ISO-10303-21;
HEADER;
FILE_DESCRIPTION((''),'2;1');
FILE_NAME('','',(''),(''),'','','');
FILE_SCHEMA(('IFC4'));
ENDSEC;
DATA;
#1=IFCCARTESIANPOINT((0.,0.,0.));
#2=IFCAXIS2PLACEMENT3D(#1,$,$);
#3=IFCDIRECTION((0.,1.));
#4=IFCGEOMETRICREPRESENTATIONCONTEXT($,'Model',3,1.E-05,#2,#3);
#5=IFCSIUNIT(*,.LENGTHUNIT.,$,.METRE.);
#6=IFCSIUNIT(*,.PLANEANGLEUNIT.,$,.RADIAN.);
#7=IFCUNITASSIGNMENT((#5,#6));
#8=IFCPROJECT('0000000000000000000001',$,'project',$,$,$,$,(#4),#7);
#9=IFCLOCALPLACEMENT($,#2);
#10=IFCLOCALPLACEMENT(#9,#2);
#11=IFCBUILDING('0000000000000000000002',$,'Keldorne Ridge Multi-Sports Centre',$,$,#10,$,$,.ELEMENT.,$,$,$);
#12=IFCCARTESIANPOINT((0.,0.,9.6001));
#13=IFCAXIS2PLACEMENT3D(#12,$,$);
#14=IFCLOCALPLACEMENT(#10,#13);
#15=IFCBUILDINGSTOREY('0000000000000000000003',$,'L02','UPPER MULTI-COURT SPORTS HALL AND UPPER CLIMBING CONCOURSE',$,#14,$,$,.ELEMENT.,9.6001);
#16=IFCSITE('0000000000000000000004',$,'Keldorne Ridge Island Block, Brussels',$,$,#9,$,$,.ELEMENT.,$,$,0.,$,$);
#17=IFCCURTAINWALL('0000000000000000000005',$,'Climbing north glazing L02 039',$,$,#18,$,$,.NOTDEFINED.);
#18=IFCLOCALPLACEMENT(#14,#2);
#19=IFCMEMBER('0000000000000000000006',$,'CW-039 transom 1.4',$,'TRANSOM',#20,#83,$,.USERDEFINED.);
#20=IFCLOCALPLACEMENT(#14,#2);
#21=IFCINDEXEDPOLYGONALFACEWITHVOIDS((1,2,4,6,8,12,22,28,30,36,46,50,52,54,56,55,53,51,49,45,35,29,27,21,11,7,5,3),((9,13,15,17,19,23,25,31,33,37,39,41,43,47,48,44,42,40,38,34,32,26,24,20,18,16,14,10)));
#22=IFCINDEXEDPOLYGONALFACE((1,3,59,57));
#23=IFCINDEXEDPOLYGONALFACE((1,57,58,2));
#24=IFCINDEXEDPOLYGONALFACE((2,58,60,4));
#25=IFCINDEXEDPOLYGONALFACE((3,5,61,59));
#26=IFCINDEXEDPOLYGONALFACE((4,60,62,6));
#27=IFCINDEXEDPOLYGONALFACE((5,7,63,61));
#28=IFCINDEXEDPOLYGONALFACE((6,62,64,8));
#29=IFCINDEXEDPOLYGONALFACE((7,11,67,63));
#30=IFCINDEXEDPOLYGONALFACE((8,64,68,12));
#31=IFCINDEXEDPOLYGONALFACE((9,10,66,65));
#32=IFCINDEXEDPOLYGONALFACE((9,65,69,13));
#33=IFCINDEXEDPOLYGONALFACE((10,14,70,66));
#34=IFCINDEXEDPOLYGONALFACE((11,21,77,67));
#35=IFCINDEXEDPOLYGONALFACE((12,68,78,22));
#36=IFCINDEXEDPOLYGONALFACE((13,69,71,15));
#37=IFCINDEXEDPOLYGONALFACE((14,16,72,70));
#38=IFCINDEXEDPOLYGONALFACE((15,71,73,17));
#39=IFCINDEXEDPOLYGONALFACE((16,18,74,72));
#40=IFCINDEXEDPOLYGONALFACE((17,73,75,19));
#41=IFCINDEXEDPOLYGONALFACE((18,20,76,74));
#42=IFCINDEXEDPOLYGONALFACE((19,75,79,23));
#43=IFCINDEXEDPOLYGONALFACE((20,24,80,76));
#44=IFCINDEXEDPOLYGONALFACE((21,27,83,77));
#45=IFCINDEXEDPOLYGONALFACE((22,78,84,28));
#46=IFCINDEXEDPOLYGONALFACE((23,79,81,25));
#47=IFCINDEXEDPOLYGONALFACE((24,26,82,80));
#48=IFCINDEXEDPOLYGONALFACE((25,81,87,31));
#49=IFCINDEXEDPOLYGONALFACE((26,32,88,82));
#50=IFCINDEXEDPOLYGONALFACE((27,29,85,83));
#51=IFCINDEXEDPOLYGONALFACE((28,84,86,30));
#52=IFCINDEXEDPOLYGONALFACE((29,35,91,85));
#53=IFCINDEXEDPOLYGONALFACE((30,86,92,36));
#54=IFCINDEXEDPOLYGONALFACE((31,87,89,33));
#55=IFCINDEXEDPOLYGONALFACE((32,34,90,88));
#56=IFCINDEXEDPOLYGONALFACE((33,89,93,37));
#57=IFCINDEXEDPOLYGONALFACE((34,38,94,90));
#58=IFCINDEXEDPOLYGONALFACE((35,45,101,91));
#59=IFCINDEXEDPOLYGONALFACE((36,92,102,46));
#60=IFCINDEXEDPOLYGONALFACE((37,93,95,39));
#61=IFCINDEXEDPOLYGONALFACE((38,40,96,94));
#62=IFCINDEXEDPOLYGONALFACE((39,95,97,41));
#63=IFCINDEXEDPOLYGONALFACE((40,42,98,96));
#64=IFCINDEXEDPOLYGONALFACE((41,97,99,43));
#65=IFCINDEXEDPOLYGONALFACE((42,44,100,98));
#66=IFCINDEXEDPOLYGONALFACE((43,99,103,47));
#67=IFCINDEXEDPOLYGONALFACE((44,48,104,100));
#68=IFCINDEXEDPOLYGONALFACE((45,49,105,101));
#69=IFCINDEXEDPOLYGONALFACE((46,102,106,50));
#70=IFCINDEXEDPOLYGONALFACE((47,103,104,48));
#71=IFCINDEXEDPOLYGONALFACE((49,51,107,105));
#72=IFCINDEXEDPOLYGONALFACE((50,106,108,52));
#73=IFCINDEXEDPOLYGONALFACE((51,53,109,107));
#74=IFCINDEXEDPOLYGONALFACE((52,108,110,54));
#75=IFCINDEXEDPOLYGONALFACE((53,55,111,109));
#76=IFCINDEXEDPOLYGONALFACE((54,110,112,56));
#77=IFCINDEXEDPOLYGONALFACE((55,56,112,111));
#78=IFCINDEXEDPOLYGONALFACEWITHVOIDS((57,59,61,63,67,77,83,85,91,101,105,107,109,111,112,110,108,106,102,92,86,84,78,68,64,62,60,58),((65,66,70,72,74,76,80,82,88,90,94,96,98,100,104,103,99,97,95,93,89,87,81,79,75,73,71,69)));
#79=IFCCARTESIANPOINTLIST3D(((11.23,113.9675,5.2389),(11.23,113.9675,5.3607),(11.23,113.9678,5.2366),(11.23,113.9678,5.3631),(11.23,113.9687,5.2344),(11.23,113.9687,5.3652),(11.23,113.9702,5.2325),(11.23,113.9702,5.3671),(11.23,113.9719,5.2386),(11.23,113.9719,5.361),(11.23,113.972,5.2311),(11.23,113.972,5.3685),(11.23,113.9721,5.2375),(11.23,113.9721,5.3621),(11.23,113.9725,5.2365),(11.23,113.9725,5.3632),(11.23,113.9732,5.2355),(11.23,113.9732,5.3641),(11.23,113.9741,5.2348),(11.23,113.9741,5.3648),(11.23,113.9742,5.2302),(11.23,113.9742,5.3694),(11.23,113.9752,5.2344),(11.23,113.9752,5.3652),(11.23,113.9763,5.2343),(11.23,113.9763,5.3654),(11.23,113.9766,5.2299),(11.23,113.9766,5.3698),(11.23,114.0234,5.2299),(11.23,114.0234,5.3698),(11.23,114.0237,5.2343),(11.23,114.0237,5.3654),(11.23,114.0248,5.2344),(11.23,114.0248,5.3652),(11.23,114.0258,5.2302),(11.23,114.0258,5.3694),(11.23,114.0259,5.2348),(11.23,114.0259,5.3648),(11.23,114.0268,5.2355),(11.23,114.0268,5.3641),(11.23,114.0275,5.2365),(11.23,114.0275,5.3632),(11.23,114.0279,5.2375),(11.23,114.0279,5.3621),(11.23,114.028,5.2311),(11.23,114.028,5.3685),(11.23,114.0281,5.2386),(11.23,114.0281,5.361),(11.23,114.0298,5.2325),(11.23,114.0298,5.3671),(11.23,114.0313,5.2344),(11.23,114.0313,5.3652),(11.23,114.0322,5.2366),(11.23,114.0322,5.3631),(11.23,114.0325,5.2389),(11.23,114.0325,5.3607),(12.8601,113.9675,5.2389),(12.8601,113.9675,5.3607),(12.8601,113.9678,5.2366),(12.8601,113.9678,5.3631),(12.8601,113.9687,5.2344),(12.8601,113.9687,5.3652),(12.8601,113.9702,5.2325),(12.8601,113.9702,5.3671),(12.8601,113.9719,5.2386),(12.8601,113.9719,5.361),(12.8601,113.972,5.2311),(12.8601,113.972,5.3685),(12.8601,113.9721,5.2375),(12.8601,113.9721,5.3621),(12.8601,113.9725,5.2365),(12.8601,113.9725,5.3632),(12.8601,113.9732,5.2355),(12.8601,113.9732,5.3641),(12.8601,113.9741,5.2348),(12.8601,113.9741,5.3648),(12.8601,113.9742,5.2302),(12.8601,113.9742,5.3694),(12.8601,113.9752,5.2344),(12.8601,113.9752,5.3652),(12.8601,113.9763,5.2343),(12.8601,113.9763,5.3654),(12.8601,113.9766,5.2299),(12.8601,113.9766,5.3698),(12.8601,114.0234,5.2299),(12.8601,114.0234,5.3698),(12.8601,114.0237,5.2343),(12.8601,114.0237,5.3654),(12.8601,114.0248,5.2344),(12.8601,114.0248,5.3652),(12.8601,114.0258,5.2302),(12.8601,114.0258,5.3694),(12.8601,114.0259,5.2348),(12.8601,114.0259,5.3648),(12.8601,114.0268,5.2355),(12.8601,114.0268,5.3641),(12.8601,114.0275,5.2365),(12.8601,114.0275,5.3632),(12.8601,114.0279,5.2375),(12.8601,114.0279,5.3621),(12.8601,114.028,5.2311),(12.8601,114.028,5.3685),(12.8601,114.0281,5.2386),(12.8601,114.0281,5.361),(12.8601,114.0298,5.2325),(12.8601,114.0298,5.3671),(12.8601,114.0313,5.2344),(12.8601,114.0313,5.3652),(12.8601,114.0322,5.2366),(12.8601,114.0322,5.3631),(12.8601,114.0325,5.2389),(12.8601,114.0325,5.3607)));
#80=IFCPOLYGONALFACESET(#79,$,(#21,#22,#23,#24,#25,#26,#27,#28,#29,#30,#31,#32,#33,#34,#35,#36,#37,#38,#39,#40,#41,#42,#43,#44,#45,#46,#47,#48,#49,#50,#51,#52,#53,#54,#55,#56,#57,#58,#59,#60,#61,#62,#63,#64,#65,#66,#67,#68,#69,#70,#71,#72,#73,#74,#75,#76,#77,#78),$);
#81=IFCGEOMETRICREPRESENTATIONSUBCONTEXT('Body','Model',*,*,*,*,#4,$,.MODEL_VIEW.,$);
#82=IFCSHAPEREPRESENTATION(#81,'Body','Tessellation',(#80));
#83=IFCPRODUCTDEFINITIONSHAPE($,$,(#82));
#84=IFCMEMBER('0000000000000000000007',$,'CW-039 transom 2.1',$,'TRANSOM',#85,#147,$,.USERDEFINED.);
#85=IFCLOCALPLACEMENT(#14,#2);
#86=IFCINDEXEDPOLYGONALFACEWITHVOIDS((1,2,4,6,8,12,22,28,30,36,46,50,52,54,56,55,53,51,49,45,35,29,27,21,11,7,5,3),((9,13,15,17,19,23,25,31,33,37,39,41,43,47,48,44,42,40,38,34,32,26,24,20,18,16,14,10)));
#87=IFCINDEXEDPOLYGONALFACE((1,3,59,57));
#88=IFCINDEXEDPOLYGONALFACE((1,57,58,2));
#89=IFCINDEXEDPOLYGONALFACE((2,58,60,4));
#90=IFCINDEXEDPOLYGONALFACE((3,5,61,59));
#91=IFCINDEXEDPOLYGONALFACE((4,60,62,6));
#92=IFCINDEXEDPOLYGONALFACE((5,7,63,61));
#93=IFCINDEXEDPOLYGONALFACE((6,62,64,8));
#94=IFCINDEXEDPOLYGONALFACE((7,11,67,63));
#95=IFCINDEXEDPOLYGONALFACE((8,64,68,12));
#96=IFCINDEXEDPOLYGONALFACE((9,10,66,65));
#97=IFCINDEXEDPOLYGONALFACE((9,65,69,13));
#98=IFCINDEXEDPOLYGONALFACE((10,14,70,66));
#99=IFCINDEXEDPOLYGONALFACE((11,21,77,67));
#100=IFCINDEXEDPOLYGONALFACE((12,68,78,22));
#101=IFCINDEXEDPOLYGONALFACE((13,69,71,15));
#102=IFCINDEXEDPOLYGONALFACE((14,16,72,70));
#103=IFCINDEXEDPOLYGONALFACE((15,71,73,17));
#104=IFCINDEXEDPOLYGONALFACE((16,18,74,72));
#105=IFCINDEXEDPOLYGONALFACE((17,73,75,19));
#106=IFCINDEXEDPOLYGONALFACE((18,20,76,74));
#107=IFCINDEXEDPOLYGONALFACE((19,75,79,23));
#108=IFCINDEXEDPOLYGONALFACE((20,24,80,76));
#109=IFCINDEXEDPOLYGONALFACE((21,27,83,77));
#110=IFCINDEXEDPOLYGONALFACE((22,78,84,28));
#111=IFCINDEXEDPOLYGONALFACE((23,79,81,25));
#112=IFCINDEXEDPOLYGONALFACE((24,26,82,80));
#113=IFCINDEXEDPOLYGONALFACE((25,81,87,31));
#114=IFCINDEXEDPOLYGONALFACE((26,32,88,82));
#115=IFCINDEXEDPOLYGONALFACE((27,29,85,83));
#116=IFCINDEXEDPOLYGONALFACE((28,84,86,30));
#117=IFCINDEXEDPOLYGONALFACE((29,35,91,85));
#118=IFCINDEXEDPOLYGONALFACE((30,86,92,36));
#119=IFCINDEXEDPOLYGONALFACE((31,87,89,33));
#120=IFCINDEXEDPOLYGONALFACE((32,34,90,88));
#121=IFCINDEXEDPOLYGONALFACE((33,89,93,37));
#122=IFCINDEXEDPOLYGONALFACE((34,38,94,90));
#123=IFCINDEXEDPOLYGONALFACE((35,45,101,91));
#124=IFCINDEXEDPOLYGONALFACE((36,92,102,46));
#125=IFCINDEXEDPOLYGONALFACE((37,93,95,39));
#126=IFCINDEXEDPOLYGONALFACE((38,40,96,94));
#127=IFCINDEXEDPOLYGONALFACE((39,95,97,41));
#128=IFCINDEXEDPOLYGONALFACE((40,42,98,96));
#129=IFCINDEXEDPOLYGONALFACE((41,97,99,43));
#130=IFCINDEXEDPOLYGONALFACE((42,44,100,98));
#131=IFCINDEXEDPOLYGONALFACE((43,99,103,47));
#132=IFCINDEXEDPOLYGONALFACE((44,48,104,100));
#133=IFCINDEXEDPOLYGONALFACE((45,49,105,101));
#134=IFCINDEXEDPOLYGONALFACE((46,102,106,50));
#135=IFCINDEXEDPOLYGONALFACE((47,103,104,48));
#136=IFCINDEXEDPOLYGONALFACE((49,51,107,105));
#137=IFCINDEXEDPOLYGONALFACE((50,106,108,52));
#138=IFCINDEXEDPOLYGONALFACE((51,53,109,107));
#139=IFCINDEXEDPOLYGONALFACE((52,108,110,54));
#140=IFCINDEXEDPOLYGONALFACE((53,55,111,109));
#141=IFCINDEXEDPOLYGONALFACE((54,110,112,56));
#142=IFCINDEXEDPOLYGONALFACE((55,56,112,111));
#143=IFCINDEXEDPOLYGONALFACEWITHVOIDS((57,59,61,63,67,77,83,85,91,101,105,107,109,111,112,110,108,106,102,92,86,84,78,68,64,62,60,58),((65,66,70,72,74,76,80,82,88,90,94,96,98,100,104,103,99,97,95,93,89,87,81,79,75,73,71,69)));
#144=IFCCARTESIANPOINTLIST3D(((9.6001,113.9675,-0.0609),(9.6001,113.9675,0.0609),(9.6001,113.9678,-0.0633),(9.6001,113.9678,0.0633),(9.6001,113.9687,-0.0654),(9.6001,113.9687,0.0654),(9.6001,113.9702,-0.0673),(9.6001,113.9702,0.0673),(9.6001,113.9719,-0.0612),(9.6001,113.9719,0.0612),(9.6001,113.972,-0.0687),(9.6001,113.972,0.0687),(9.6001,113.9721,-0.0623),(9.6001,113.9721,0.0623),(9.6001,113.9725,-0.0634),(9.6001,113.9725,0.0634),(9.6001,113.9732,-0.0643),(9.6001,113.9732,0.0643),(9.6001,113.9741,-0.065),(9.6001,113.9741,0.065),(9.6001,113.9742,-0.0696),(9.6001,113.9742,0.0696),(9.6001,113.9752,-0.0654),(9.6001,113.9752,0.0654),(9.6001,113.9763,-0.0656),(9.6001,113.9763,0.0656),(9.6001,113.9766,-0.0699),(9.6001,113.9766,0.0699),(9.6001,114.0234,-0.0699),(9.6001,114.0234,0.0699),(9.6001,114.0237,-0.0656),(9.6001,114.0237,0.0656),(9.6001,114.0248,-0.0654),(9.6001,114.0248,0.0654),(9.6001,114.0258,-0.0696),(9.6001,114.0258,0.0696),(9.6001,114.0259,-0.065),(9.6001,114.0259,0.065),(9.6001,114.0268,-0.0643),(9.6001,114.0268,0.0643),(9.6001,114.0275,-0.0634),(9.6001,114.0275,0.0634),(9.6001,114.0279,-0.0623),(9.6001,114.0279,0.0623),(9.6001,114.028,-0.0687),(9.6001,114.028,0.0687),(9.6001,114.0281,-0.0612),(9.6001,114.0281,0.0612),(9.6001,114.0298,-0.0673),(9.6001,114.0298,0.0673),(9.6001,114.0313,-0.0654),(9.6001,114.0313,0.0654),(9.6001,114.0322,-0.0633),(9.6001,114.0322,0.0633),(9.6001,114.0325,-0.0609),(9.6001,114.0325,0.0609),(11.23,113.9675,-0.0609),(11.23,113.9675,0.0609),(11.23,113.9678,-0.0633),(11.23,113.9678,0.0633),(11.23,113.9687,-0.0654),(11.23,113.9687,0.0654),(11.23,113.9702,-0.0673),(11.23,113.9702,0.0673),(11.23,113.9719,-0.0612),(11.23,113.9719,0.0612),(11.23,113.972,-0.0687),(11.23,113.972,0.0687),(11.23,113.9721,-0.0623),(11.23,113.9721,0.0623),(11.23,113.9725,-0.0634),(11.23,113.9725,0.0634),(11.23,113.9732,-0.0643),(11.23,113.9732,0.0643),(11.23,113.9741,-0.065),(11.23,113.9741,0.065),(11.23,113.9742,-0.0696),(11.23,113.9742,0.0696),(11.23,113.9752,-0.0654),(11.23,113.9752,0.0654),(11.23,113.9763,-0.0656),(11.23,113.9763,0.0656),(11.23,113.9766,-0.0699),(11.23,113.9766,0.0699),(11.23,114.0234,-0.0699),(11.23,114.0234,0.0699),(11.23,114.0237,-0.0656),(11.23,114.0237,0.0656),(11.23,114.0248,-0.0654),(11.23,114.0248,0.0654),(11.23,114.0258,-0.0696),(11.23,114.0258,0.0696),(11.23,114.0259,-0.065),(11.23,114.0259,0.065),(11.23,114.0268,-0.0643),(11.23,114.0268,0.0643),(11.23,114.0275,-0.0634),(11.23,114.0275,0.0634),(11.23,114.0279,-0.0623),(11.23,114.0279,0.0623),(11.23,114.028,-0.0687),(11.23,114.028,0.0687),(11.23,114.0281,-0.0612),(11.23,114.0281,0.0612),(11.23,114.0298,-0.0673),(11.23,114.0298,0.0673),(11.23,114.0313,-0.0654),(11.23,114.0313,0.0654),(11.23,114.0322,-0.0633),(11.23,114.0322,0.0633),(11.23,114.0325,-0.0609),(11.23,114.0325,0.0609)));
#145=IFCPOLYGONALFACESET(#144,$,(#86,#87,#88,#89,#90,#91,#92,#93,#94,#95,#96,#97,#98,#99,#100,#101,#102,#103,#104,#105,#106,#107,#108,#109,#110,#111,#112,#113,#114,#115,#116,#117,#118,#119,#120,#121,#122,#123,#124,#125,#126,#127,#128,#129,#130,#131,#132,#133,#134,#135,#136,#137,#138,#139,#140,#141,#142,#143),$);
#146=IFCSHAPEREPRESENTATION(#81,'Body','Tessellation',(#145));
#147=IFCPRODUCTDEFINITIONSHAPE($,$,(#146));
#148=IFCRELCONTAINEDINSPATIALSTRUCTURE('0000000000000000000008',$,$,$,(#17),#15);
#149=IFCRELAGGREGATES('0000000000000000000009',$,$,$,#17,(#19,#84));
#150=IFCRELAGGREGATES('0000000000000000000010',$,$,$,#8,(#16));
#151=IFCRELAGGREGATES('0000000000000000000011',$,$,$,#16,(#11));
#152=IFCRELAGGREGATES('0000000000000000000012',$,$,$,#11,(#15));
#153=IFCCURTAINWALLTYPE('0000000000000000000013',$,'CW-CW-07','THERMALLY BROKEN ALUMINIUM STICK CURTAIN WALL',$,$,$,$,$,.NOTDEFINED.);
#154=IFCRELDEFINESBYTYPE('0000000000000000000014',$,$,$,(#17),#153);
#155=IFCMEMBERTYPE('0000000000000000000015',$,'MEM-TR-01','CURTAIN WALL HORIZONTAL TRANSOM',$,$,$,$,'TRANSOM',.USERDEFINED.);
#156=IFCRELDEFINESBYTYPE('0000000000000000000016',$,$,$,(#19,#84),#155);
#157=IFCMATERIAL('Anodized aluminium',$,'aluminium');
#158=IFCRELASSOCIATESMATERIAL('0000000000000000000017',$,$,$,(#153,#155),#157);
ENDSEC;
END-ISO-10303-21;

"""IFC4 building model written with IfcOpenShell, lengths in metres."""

from ifc_helpers import new_model, si_unit, direction, frame, origin, origin_2d, place, context, subcontext, project, spatial, hollow_rectangle, extrude, material, material_profile, profile_set, type_object, element, aggregate, save


model = new_model("IFC4")

# Units and contexts
model_context = context("Model", 3, precision=1e-05, world=origin(), true_north=direction((0.0, 1.0)))
body_context = subcontext(model_context, "Body", "Model", "MODEL_VIEW")
ifc_project = project(units=[si_unit("LENGTHUNIT", "METRE"), si_unit("PLANEANGLEUNIT", "RADIAN")], contexts=[model_context])

# Site, building, storey
site_placement = place(None, origin())
site = spatial("IfcSite", under=ifc_project, at=site_placement, Name="Keldorne Ridge Island Block, Brussels", CompositionType="ELEMENT", RefElevation=0.0)
building_placement = place(site_placement, origin())
building = spatial("IfcBuilding", under=site, at=building_placement, Name="Keldorne Ridge Multi-Sports Centre", CompositionType="ELEMENT")
storey_placement = place(building_placement, frame((0.0, 0.0, 9.6001)))
storey = spatial("IfcBuildingStorey", under=building, at=storey_placement, Name="L02", Description="UPPER MULTI-COURT SPORTS HALL AND UPPER CLIMBING CONCOURSE", CompositionType="ELEMENT", Elevation=9.6001)

# Curtain wall
ifc_material_1 = material(Name="Anodized aluminium", Category="aluminium")
curtain_wall_type = type_object("IfcCurtainWallType", Name="CW-CW-07", Description="THERMALLY BROKEN ALUMINIUM STICK CURTAIN WALL", PredefinedType="NOTDEFINED", material=ifc_material_1)
curtain_wall_placement = place(storey_placement, origin())
curtain_wall = element("IfcCurtainWall", 1, at=curtain_wall_placement, inside=storey, type_object=curtain_wall_type, Name="Climbing north glazing L02 039", PredefinedType="NOTDEFINED")

# Members
ifc_material_profile_1 = material_profile(ifc_material_1, hollow_rectangle(XDim=0.0649, YDim=0.1399, WallThickness=0.0044, InnerFilletRadius=0.0044, OuterFilletRadius=0.009, at=origin_2d()), Name="ALU TRANSOM 140x65x4.5")
ifc_profile_set_1 = profile_set([ifc_material_profile_1], Name="Anodized aluminium")
member_type_1 = type_object("IfcMemberType", Name="MEM-TR-01", Description="CURTAIN WALL HORIZONTAL TRANSOM", ElementType="TRANSOM", PredefinedType="USERDEFINED", material=ifc_profile_set_1)
member_1_placement = place(storey_placement, frame((12.8601, 114.0, 5.2998), z_axis=(-1.0, 0.0, 0.0), x_axis=(0.0, -1.0, 0.0)))
member_1 = element("IfcMember", 2, at=member_1_placement, type_object=member_type_1, Name="CW-039 transom 1.4", ObjectType="TRANSOM", PredefinedType="USERDEFINED", context=body_context, shape_type="SweptSolid", body=[
    extrude(hollow_rectangle(XDim=0.0649, YDim=0.1399, WallThickness=0.0044, InnerFilletRadius=0.0044, OuterFilletRadius=0.009, at=origin_2d()), origin(), (0.0, 0.0, 1.0), 1.6301),
])
member_2_placement = place(storey_placement, frame((11.23, 114.0, 0.0), z_axis=(-1.0, 0.0, 0.0), x_axis=(0.0, -1.0, 0.0)))
member_2 = element("IfcMember", 3, at=member_2_placement, type_object=member_type_1, Name="CW-039 transom 2.1", ObjectType="TRANSOM", PredefinedType="USERDEFINED", context=body_context, shape_type="SweptSolid", body=[
    extrude(hollow_rectangle(XDim=0.0649, YDim=0.1399, WallThickness=0.0044, InnerFilletRadius=0.0044, OuterFilletRadius=0.009, at=origin_2d()), origin(), (0.0, 0.0, 1.0), 1.6299),
])

aggregate(curtain_wall, [member_1, member_2])

save(model, "model.ifc")
